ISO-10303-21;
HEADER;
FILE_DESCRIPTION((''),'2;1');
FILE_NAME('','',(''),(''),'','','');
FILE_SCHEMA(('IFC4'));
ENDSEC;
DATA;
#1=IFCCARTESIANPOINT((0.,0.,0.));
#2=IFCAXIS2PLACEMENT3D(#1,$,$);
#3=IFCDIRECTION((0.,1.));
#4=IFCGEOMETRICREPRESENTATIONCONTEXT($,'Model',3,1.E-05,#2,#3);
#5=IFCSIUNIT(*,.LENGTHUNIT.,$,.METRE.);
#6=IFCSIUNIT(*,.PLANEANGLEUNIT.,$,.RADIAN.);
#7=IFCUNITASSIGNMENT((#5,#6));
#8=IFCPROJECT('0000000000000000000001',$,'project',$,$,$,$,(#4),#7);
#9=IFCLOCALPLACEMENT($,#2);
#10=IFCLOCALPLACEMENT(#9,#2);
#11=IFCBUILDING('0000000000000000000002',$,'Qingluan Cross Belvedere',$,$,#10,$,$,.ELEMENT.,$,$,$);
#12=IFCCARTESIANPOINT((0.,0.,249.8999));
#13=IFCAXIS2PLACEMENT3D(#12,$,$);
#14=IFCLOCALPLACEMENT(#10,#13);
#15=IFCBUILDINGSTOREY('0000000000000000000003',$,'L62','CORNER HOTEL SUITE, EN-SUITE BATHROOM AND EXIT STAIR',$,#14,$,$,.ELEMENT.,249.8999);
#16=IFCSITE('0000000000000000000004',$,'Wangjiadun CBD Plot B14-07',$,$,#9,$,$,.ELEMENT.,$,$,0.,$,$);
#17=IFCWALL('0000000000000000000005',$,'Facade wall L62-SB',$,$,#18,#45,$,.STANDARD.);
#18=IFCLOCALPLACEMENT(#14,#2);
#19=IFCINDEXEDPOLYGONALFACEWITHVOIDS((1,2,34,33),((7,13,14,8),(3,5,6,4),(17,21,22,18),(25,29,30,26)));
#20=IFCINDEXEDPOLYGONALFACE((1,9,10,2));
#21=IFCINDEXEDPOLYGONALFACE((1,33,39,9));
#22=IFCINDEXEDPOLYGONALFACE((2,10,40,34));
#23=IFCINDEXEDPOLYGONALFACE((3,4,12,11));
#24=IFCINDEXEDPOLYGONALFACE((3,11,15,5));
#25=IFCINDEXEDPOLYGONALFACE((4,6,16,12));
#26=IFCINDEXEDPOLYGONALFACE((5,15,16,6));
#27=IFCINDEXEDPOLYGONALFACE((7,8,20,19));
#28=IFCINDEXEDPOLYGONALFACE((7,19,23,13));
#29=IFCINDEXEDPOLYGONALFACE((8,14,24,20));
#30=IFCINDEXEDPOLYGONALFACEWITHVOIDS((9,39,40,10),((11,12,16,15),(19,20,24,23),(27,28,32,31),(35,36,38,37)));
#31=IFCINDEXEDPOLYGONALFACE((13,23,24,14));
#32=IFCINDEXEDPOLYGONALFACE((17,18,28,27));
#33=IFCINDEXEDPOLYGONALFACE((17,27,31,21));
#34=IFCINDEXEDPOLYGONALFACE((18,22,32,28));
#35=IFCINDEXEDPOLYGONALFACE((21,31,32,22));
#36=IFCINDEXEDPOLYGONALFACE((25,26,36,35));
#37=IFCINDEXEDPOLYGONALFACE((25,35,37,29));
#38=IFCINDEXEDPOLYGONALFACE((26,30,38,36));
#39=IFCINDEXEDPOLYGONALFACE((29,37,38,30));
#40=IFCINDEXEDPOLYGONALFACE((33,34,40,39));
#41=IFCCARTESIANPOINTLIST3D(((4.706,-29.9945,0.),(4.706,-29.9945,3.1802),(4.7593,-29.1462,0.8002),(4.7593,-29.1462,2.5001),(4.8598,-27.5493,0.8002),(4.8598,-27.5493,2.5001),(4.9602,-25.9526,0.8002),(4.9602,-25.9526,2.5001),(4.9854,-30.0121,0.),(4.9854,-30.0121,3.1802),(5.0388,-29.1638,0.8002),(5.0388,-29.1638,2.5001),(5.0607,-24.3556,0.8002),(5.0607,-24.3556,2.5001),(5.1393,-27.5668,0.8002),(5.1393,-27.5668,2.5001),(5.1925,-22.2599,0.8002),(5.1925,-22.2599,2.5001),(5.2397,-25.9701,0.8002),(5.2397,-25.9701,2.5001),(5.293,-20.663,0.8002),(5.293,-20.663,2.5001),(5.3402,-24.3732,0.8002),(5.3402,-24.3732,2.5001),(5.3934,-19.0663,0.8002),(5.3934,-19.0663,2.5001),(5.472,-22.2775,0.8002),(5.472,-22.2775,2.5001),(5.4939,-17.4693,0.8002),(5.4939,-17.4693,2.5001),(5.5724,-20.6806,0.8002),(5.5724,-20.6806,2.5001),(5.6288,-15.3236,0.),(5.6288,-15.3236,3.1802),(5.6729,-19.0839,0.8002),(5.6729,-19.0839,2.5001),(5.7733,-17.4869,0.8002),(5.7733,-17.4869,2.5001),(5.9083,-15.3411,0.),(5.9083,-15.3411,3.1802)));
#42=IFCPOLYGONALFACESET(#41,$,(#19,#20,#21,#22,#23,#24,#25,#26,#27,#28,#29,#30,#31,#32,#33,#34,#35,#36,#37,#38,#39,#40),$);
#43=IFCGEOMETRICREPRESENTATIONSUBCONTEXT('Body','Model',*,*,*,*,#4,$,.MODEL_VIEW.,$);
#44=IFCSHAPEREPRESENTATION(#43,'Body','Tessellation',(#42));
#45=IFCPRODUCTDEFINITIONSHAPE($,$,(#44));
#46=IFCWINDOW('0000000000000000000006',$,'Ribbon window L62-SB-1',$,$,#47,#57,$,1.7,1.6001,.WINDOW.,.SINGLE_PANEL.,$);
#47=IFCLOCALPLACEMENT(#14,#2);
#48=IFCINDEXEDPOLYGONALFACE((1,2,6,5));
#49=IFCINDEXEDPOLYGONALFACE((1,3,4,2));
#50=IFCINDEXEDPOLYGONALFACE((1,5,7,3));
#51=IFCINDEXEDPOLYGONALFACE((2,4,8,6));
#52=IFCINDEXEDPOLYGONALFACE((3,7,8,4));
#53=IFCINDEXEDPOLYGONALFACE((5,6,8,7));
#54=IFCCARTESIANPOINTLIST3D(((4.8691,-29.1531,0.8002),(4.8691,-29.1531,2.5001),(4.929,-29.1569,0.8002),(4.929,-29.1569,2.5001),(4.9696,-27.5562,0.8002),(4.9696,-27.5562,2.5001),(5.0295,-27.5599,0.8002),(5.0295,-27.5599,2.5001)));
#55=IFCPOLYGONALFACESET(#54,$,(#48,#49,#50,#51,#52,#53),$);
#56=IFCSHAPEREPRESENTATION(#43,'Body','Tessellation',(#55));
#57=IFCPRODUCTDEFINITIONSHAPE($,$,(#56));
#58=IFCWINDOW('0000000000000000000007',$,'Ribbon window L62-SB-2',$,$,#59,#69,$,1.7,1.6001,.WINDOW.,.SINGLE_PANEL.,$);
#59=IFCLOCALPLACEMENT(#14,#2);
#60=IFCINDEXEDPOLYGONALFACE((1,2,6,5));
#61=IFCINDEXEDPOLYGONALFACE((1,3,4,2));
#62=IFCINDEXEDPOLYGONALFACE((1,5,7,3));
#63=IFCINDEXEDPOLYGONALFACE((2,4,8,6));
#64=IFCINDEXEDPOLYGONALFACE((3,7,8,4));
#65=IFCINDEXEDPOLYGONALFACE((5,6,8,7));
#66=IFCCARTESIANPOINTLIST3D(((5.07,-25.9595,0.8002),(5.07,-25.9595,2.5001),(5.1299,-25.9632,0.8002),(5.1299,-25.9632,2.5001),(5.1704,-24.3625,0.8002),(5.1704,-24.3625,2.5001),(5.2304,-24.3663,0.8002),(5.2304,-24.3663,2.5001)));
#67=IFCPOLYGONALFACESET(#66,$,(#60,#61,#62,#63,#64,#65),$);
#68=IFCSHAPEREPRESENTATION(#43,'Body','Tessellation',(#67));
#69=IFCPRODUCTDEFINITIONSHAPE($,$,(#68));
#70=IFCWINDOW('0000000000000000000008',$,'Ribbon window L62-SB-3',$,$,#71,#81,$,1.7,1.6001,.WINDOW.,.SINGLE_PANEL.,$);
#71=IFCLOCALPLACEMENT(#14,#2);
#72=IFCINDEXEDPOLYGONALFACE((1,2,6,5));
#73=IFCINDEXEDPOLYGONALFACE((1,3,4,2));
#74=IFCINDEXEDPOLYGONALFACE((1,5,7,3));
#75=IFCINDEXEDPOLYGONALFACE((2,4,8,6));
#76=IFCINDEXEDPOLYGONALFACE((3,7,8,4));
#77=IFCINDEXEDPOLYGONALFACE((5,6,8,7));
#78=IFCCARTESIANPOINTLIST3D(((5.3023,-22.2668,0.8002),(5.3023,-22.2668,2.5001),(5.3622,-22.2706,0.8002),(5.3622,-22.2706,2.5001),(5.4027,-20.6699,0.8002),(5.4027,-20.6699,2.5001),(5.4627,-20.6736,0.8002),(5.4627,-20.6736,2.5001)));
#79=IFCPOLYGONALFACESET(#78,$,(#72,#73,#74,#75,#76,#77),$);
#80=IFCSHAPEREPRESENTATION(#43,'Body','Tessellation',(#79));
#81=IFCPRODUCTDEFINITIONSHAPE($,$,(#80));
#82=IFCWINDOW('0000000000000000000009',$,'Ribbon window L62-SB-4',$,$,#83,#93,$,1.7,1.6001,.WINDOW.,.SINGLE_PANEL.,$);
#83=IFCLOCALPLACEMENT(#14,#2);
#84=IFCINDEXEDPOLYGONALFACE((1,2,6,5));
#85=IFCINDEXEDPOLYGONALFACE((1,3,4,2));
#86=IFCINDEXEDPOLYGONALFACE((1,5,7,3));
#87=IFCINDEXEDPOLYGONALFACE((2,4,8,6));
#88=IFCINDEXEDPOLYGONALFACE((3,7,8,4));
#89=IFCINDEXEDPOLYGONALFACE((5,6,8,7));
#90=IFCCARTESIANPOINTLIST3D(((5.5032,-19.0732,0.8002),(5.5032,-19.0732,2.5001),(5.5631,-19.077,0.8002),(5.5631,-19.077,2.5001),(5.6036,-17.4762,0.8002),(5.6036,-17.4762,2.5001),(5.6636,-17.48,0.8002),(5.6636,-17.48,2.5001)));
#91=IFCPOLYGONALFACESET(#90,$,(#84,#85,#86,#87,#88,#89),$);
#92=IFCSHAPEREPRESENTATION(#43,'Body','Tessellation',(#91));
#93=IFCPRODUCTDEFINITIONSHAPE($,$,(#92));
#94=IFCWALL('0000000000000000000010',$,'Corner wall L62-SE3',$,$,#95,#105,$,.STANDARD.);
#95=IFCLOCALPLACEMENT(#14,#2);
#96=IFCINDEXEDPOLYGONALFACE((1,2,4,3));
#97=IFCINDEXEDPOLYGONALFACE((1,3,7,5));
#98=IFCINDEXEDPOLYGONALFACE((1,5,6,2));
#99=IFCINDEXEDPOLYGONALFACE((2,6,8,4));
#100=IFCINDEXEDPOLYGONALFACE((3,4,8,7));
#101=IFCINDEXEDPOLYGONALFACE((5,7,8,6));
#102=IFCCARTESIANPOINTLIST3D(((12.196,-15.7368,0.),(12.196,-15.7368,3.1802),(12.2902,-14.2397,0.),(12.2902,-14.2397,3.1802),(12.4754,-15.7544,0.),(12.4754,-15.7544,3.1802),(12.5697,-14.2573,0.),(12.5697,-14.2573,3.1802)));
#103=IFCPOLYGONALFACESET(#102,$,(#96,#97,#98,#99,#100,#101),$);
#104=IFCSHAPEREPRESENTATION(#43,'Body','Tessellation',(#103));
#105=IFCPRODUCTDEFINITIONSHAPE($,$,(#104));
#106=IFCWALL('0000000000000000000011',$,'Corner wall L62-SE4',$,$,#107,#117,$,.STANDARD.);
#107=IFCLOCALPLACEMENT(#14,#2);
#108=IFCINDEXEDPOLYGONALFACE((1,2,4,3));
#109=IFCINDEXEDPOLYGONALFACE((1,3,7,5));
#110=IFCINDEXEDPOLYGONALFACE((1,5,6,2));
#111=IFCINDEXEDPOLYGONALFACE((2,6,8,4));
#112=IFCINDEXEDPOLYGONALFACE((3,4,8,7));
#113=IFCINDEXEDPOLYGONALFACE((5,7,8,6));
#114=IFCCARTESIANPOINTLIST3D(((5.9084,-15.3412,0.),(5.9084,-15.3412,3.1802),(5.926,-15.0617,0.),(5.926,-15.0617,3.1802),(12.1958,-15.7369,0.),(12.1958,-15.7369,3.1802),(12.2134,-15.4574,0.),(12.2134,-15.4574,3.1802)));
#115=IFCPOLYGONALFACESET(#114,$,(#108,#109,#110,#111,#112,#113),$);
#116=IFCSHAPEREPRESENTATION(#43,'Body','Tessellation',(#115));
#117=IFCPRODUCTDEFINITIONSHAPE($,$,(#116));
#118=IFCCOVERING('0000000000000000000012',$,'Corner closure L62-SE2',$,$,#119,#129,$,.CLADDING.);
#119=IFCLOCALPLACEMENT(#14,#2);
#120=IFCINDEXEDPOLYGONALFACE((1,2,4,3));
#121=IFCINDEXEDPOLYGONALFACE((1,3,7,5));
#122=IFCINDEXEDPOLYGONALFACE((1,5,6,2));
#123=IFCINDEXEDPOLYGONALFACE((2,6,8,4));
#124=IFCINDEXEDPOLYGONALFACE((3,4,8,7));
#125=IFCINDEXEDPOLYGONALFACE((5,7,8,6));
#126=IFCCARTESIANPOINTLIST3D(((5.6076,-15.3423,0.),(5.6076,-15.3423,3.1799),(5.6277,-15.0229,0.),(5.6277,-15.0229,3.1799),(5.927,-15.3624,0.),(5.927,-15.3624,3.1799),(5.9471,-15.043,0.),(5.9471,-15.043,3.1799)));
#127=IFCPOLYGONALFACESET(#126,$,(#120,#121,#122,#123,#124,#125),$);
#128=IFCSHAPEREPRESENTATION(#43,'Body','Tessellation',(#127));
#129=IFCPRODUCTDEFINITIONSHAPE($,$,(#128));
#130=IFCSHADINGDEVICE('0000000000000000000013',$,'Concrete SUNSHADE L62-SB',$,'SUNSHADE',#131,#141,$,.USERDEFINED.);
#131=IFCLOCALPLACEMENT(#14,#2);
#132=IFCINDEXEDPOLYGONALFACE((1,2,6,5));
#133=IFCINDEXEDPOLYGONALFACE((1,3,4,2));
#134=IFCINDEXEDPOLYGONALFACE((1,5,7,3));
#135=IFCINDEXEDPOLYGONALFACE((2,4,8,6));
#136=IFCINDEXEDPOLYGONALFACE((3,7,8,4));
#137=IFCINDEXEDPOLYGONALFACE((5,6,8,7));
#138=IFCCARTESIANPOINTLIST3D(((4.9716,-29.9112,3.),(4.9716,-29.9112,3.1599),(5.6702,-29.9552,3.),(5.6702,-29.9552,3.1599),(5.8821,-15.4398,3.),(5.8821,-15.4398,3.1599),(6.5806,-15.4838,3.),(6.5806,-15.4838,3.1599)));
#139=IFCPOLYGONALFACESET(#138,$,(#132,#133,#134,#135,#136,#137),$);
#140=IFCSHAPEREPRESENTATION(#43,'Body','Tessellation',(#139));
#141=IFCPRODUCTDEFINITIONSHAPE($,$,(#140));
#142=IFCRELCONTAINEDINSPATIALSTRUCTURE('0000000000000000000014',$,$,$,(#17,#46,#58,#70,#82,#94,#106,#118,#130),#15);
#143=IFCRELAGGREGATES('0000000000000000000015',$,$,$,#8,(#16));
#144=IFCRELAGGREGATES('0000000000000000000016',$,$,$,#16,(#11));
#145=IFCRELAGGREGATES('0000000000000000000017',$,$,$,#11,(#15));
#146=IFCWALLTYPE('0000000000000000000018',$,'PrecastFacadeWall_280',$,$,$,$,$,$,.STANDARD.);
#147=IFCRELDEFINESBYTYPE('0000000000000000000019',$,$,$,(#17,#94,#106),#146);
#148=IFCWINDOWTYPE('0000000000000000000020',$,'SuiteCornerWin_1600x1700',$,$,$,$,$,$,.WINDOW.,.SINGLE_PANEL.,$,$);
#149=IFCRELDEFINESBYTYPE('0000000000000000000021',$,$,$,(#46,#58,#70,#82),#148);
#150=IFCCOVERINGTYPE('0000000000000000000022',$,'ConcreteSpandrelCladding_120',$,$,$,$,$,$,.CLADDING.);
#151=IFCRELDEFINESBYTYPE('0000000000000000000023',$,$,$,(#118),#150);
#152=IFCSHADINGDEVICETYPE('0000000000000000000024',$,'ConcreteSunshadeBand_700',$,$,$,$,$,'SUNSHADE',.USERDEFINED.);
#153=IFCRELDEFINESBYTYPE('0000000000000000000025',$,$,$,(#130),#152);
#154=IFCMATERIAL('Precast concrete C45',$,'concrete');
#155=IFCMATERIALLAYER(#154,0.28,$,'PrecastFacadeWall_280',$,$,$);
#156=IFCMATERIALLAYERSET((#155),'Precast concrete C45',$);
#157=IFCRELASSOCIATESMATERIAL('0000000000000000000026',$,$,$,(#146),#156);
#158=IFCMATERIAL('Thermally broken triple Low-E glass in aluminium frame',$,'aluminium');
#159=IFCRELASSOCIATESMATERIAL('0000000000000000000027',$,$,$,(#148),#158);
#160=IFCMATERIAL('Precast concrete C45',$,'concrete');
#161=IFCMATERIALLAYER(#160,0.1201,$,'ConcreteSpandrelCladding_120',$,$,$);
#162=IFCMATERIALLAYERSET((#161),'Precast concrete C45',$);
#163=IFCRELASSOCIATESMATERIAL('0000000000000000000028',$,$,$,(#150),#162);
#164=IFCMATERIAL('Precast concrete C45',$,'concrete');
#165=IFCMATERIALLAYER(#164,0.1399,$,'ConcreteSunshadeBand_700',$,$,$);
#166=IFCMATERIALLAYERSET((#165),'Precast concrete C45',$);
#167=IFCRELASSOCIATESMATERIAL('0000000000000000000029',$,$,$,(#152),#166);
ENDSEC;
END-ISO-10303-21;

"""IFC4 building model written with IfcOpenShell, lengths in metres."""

from ifc_helpers import new_model, si_unit, direction, frame, frame_2d, origin, origin_2d, place, context, subcontext, project, spatial, rectangle, extrude, material, layer, layer_set, type_object, element, fill, save


model = new_model("IFC4")

# Units and contexts
model_context = context("Model", 3, precision=1e-05, world=origin(), true_north=direction((0.0, 1.0)))
body_context = subcontext(model_context, "Body", "Model", "MODEL_VIEW")
ifc_project = project(units=[si_unit("LENGTHUNIT", "METRE"), si_unit("PLANEANGLEUNIT", "RADIAN")], contexts=[model_context])

# Site, building, storey
site_placement = place(None, origin())
site = spatial("IfcSite", under=ifc_project, at=site_placement, Name="Wangjiadun CBD Plot B14-07", CompositionType="ELEMENT", RefElevation=0.0)
building_placement = place(site_placement, origin())
building = spatial("IfcBuilding", under=site, at=building_placement, Name="Qingluan Cross Belvedere", CompositionType="ELEMENT")
storey_placement = place(building_placement, frame((0.0, 0.0, 249.8999)))
storey = spatial("IfcBuildingStorey", under=building, at=storey_placement, Name="L62", Description="CORNER HOTEL SUITE, EN-SUITE BATHROOM AND EXIT STAIR", CompositionType="ELEMENT", Elevation=249.8999)

# Wall, openings, windows
ifc_material_1 = material(Name="Precast concrete C45", Category="concrete")
ifc_layer_1 = layer(ifc_material_1, 0.28, Name="PrecastFacadeWall_280")
ifc_layer_set_1 = layer_set([ifc_layer_1], Name="Precast concrete C45")
wall_type_1 = type_object("IfcWallType", Name="PrecastFacadeWall_280", PredefinedType="STANDARD", material=ifc_layer_set_1)
wall_1_placement = place(storey_placement, frame((4.8457, -30.0034, 0.0), z_axis=(0.0, 0.0, 1.0), x_axis=(0.062779, 0.998027, 0.0)))
wall_1 = element("IfcWall", 1, at=wall_1_placement, inside=storey, type_object=wall_type_1, Name="Facade wall L62-SB", PredefinedType="STANDARD", context=body_context, shape_type="SweptSolid", body=[
    extrude(rectangle(XDim=14.7, YDim=0.28, at=frame_2d((7.3501, 0.0))), origin(), (0.0, 0.0, 1.0), 3.1802),
])
opening_1_placement = place(wall_1_placement, frame((0.8501, 0.0, 0.8)))
opening_1 = element("IfcOpeningElement", 2, at=opening_1_placement, cuts=wall_1, PredefinedType="OPENING", context=body_context, shape_type="SweptSolid", body=[
    extrude(rectangle(XDim=1.6001, YDim=1.7, at=frame_2d((0.8, 0.8501))), frame((0.0, 0.1499, 0.0), z_axis=(0.0, -1.0, 0.0), x_axis=(1.0, 0.0, 0.0)), (0.0, 0.0, 1.0), 0.3),
])
opening_2_placement = place(wall_1_placement, frame((4.05, 0.0, 0.8)))
opening_2 = element("IfcOpeningElement", 3, at=opening_2_placement, cuts=wall_1, PredefinedType="OPENING", context=body_context, shape_type="SweptSolid", body=[
    extrude(rectangle(XDim=1.6001, YDim=1.7, at=frame_2d((0.8, 0.8501))), frame((0.0, 0.1499, 0.0), z_axis=(0.0, -1.0, 0.0), x_axis=(1.0, 0.0, 0.0)), (0.0, 0.0, 1.0), 0.3),
])
opening_3_placement = place(wall_1_placement, frame((7.75, 0.0, 0.8)))
opening_3 = element("IfcOpeningElement", 4, at=opening_3_placement, cuts=wall_1, PredefinedType="OPENING", context=body_context, shape_type="SweptSolid", body=[
    extrude(rectangle(XDim=1.6001, YDim=1.7, at=frame_2d((0.8, 0.8501))), frame((0.0, 0.1499, 0.0), z_axis=(0.0, -1.0, 0.0), x_axis=(1.0, 0.0, 0.0)), (0.0, 0.0, 1.0), 0.3),
])
opening_4_placement = place(wall_1_placement, frame((10.95, 0.0, 0.8)))
opening_4 = element("IfcOpeningElement", 5, at=opening_4_placement, cuts=wall_1, PredefinedType="OPENING", context=body_context, shape_type="SweptSolid", body=[
    extrude(rectangle(XDim=1.6001, YDim=1.7, at=frame_2d((0.8, 0.8501))), frame((0.0, 0.1499, 0.0), z_axis=(0.0, -1.0, 0.0), x_axis=(1.0, 0.0, 0.0)), (0.0, 0.0, 1.0), 0.3),
])
ifc_material_2 = material(Name="Thermally broken triple Low-E glass in aluminium frame", Category="aluminium")
window_type = type_object("IfcWindowType", Name="SuiteCornerWin_1600x1700", PartitioningType="SINGLE_PANEL", PredefinedType="WINDOW", material=ifc_material_2)
window_1_placement = place(opening_1_placement, origin())
window_1 = element("IfcWindow", 6, at=window_1_placement, inside=storey, type_object=window_type, Name="Ribbon window L62-SB-1", OverallHeight=1.7, OverallWidth=1.6001, PartitioningType="SINGLE_PANEL", PredefinedType="WINDOW", context=body_context, shape_type="SweptSolid", body=[
    extrude(rectangle(XDim=1.6001, YDim=1.7, at=frame_2d((0.8, 0.8501))), frame((0.0, 0.03, 0.0), z_axis=(0.0, -1.0, 0.0), x_axis=(1.0, 0.0, 0.0)), (0.0, 0.0, 1.0), 0.0601),
])
fill(opening_1, window_1)
window_2_placement = place(opening_2_placement, origin())
window_2 = element("IfcWindow", 7, at=window_2_placement, inside=storey, type_object=window_type, Name="Ribbon window L62-SB-2", OverallHeight=1.7, OverallWidth=1.6001, PartitioningType="SINGLE_PANEL", PredefinedType="WINDOW", context=body_context, shape_type="SweptSolid", body=[
    extrude(rectangle(XDim=1.6001, YDim=1.7, at=frame_2d((0.8, 0.8501))), frame((0.0, 0.03, 0.0), z_axis=(0.0, -1.0, 0.0), x_axis=(1.0, 0.0, 0.0)), (0.0, 0.0, 1.0), 0.0601),
])
fill(opening_2, window_2)
window_3_placement = place(opening_3_placement, origin())
window_3 = element("IfcWindow", 8, at=window_3_placement, inside=storey, type_object=window_type, Name="Ribbon window L62-SB-3", OverallHeight=1.7, OverallWidth=1.6001, PartitioningType="SINGLE_PANEL", PredefinedType="WINDOW", context=body_context, shape_type="SweptSolid", body=[
    extrude(rectangle(XDim=1.6001, YDim=1.7, at=frame_2d((0.8, 0.8501))), frame((0.0, 0.03, 0.0), z_axis=(0.0, -1.0, 0.0), x_axis=(1.0, 0.0, 0.0)), (0.0, 0.0, 1.0), 0.0601),
])
fill(opening_3, window_3)
window_4_placement = place(opening_4_placement, origin())
window_4 = element("IfcWindow", 9, at=window_4_placement, inside=storey, type_object=window_type, Name="Ribbon window L62-SB-4", OverallHeight=1.7, OverallWidth=1.6001, PartitioningType="SINGLE_PANEL", PredefinedType="WINDOW", context=body_context, shape_type="SweptSolid", body=[
    extrude(rectangle(XDim=1.6001, YDim=1.7, at=frame_2d((0.8, 0.8501))), frame((0.0, 0.03, 0.0), z_axis=(0.0, -1.0, 0.0), x_axis=(1.0, 0.0, 0.0)), (0.0, 0.0, 1.0), 0.0601),
])
fill(opening_4, window_4)

# Walls
wall_2_placement = place(storey_placement, frame((12.4299, -14.2485, 0.0), z_axis=(0.0, 0.0, 1.0), x_axis=(-0.062824, -0.998025, 0.0)))
element("IfcWall", 10, at=wall_2_placement, inside=storey, type_object=wall_type_1, Name="Corner wall L62-SE3", PredefinedType="STANDARD", context=body_context, shape_type="SweptSolid", body=[
    extrude(rectangle(XDim=1.5, YDim=0.28, at=frame_2d((0.75, 0.0))), origin(), (0.0, 0.0, 1.0), 3.1802),
])
wall_3_placement = place(storey_placement, frame((12.2046, -15.5972, 0.0), z_axis=(0.0, 0.0, 1.0), x_axis=(-0.998025, 0.06282, 0.0)))
element("IfcWall", 11, at=wall_3_placement, inside=storey, type_object=wall_type_1, Name="Corner wall L62-SE4", PredefinedType="STANDARD", context=body_context, shape_type="SweptSolid", body=[
    extrude(rectangle(XDim=6.2998, YDim=0.28, at=frame_2d((3.1499, 0.0))), origin(), (0.0, 0.0, 1.0), 3.1802),
])

# Covering
ifc_material_3 = material(Name="Precast concrete C45", Category="concrete")
ifc_layer_2 = layer(ifc_material_3, 0.1201, Name="ConcreteSpandrelCladding_120")
ifc_layer_set_2 = layer_set([ifc_layer_2], Name="Precast concrete C45")
covering_type = type_object("IfcCoveringType", Name="ConcreteSpandrelCladding_120", PredefinedType="CLADDING", material=ifc_layer_set_2)
covering_placement = place(storey_placement, frame((5.7773, -15.1926, 0.0), z_axis=(0.0, 0.0, 1.0), x_axis=(0.998027, -0.062791, 0.0)))
element("IfcCovering", 12, at=covering_placement, inside=storey, type_object=covering_type, Name="Corner closure L62-SE2", PredefinedType="CLADDING", context=body_context, shape_type="SweptSolid", body=[
    extrude(rectangle(XDim=0.3201, YDim=0.3201, at=origin_2d()), origin(), (0.0, 0.0, 1.0), 3.1799),
])

# Shading device
ifc_material_4 = material(Name="Precast concrete C45", Category="concrete")
ifc_layer_3 = layer(ifc_material_4, 0.1399, Name="ConcreteSunshadeBand_700")
ifc_layer_set_3 = layer_set([ifc_layer_3], Name="Precast concrete C45")
shading_device_type = type_object("IfcShadingDeviceType", Name="ConcreteSunshadeBand_700", ElementType="SUNSHADE", PredefinedType="USERDEFINED", material=ifc_layer_set_3)
shading_device_placement = place(storey_placement, frame((5.7761, -22.6975, 3.0), z_axis=(0.0, 0.0, 1.0), x_axis=(0.062789, 0.998027, 0.0)))
element("IfcShadingDevice", 13, at=shading_device_placement, inside=storey, type_object=shading_device_type, Name="Concrete SUNSHADE L62-SB", ObjectType="SUNSHADE", PredefinedType="USERDEFINED", context=body_context, shape_type="SweptSolid", body=[
    extrude(rectangle(XDim=14.5, YDim=0.7, at=origin_2d()), origin(), (0.0, 0.0, 1.0), 0.1599),
])

save(model, "model.ifc")
